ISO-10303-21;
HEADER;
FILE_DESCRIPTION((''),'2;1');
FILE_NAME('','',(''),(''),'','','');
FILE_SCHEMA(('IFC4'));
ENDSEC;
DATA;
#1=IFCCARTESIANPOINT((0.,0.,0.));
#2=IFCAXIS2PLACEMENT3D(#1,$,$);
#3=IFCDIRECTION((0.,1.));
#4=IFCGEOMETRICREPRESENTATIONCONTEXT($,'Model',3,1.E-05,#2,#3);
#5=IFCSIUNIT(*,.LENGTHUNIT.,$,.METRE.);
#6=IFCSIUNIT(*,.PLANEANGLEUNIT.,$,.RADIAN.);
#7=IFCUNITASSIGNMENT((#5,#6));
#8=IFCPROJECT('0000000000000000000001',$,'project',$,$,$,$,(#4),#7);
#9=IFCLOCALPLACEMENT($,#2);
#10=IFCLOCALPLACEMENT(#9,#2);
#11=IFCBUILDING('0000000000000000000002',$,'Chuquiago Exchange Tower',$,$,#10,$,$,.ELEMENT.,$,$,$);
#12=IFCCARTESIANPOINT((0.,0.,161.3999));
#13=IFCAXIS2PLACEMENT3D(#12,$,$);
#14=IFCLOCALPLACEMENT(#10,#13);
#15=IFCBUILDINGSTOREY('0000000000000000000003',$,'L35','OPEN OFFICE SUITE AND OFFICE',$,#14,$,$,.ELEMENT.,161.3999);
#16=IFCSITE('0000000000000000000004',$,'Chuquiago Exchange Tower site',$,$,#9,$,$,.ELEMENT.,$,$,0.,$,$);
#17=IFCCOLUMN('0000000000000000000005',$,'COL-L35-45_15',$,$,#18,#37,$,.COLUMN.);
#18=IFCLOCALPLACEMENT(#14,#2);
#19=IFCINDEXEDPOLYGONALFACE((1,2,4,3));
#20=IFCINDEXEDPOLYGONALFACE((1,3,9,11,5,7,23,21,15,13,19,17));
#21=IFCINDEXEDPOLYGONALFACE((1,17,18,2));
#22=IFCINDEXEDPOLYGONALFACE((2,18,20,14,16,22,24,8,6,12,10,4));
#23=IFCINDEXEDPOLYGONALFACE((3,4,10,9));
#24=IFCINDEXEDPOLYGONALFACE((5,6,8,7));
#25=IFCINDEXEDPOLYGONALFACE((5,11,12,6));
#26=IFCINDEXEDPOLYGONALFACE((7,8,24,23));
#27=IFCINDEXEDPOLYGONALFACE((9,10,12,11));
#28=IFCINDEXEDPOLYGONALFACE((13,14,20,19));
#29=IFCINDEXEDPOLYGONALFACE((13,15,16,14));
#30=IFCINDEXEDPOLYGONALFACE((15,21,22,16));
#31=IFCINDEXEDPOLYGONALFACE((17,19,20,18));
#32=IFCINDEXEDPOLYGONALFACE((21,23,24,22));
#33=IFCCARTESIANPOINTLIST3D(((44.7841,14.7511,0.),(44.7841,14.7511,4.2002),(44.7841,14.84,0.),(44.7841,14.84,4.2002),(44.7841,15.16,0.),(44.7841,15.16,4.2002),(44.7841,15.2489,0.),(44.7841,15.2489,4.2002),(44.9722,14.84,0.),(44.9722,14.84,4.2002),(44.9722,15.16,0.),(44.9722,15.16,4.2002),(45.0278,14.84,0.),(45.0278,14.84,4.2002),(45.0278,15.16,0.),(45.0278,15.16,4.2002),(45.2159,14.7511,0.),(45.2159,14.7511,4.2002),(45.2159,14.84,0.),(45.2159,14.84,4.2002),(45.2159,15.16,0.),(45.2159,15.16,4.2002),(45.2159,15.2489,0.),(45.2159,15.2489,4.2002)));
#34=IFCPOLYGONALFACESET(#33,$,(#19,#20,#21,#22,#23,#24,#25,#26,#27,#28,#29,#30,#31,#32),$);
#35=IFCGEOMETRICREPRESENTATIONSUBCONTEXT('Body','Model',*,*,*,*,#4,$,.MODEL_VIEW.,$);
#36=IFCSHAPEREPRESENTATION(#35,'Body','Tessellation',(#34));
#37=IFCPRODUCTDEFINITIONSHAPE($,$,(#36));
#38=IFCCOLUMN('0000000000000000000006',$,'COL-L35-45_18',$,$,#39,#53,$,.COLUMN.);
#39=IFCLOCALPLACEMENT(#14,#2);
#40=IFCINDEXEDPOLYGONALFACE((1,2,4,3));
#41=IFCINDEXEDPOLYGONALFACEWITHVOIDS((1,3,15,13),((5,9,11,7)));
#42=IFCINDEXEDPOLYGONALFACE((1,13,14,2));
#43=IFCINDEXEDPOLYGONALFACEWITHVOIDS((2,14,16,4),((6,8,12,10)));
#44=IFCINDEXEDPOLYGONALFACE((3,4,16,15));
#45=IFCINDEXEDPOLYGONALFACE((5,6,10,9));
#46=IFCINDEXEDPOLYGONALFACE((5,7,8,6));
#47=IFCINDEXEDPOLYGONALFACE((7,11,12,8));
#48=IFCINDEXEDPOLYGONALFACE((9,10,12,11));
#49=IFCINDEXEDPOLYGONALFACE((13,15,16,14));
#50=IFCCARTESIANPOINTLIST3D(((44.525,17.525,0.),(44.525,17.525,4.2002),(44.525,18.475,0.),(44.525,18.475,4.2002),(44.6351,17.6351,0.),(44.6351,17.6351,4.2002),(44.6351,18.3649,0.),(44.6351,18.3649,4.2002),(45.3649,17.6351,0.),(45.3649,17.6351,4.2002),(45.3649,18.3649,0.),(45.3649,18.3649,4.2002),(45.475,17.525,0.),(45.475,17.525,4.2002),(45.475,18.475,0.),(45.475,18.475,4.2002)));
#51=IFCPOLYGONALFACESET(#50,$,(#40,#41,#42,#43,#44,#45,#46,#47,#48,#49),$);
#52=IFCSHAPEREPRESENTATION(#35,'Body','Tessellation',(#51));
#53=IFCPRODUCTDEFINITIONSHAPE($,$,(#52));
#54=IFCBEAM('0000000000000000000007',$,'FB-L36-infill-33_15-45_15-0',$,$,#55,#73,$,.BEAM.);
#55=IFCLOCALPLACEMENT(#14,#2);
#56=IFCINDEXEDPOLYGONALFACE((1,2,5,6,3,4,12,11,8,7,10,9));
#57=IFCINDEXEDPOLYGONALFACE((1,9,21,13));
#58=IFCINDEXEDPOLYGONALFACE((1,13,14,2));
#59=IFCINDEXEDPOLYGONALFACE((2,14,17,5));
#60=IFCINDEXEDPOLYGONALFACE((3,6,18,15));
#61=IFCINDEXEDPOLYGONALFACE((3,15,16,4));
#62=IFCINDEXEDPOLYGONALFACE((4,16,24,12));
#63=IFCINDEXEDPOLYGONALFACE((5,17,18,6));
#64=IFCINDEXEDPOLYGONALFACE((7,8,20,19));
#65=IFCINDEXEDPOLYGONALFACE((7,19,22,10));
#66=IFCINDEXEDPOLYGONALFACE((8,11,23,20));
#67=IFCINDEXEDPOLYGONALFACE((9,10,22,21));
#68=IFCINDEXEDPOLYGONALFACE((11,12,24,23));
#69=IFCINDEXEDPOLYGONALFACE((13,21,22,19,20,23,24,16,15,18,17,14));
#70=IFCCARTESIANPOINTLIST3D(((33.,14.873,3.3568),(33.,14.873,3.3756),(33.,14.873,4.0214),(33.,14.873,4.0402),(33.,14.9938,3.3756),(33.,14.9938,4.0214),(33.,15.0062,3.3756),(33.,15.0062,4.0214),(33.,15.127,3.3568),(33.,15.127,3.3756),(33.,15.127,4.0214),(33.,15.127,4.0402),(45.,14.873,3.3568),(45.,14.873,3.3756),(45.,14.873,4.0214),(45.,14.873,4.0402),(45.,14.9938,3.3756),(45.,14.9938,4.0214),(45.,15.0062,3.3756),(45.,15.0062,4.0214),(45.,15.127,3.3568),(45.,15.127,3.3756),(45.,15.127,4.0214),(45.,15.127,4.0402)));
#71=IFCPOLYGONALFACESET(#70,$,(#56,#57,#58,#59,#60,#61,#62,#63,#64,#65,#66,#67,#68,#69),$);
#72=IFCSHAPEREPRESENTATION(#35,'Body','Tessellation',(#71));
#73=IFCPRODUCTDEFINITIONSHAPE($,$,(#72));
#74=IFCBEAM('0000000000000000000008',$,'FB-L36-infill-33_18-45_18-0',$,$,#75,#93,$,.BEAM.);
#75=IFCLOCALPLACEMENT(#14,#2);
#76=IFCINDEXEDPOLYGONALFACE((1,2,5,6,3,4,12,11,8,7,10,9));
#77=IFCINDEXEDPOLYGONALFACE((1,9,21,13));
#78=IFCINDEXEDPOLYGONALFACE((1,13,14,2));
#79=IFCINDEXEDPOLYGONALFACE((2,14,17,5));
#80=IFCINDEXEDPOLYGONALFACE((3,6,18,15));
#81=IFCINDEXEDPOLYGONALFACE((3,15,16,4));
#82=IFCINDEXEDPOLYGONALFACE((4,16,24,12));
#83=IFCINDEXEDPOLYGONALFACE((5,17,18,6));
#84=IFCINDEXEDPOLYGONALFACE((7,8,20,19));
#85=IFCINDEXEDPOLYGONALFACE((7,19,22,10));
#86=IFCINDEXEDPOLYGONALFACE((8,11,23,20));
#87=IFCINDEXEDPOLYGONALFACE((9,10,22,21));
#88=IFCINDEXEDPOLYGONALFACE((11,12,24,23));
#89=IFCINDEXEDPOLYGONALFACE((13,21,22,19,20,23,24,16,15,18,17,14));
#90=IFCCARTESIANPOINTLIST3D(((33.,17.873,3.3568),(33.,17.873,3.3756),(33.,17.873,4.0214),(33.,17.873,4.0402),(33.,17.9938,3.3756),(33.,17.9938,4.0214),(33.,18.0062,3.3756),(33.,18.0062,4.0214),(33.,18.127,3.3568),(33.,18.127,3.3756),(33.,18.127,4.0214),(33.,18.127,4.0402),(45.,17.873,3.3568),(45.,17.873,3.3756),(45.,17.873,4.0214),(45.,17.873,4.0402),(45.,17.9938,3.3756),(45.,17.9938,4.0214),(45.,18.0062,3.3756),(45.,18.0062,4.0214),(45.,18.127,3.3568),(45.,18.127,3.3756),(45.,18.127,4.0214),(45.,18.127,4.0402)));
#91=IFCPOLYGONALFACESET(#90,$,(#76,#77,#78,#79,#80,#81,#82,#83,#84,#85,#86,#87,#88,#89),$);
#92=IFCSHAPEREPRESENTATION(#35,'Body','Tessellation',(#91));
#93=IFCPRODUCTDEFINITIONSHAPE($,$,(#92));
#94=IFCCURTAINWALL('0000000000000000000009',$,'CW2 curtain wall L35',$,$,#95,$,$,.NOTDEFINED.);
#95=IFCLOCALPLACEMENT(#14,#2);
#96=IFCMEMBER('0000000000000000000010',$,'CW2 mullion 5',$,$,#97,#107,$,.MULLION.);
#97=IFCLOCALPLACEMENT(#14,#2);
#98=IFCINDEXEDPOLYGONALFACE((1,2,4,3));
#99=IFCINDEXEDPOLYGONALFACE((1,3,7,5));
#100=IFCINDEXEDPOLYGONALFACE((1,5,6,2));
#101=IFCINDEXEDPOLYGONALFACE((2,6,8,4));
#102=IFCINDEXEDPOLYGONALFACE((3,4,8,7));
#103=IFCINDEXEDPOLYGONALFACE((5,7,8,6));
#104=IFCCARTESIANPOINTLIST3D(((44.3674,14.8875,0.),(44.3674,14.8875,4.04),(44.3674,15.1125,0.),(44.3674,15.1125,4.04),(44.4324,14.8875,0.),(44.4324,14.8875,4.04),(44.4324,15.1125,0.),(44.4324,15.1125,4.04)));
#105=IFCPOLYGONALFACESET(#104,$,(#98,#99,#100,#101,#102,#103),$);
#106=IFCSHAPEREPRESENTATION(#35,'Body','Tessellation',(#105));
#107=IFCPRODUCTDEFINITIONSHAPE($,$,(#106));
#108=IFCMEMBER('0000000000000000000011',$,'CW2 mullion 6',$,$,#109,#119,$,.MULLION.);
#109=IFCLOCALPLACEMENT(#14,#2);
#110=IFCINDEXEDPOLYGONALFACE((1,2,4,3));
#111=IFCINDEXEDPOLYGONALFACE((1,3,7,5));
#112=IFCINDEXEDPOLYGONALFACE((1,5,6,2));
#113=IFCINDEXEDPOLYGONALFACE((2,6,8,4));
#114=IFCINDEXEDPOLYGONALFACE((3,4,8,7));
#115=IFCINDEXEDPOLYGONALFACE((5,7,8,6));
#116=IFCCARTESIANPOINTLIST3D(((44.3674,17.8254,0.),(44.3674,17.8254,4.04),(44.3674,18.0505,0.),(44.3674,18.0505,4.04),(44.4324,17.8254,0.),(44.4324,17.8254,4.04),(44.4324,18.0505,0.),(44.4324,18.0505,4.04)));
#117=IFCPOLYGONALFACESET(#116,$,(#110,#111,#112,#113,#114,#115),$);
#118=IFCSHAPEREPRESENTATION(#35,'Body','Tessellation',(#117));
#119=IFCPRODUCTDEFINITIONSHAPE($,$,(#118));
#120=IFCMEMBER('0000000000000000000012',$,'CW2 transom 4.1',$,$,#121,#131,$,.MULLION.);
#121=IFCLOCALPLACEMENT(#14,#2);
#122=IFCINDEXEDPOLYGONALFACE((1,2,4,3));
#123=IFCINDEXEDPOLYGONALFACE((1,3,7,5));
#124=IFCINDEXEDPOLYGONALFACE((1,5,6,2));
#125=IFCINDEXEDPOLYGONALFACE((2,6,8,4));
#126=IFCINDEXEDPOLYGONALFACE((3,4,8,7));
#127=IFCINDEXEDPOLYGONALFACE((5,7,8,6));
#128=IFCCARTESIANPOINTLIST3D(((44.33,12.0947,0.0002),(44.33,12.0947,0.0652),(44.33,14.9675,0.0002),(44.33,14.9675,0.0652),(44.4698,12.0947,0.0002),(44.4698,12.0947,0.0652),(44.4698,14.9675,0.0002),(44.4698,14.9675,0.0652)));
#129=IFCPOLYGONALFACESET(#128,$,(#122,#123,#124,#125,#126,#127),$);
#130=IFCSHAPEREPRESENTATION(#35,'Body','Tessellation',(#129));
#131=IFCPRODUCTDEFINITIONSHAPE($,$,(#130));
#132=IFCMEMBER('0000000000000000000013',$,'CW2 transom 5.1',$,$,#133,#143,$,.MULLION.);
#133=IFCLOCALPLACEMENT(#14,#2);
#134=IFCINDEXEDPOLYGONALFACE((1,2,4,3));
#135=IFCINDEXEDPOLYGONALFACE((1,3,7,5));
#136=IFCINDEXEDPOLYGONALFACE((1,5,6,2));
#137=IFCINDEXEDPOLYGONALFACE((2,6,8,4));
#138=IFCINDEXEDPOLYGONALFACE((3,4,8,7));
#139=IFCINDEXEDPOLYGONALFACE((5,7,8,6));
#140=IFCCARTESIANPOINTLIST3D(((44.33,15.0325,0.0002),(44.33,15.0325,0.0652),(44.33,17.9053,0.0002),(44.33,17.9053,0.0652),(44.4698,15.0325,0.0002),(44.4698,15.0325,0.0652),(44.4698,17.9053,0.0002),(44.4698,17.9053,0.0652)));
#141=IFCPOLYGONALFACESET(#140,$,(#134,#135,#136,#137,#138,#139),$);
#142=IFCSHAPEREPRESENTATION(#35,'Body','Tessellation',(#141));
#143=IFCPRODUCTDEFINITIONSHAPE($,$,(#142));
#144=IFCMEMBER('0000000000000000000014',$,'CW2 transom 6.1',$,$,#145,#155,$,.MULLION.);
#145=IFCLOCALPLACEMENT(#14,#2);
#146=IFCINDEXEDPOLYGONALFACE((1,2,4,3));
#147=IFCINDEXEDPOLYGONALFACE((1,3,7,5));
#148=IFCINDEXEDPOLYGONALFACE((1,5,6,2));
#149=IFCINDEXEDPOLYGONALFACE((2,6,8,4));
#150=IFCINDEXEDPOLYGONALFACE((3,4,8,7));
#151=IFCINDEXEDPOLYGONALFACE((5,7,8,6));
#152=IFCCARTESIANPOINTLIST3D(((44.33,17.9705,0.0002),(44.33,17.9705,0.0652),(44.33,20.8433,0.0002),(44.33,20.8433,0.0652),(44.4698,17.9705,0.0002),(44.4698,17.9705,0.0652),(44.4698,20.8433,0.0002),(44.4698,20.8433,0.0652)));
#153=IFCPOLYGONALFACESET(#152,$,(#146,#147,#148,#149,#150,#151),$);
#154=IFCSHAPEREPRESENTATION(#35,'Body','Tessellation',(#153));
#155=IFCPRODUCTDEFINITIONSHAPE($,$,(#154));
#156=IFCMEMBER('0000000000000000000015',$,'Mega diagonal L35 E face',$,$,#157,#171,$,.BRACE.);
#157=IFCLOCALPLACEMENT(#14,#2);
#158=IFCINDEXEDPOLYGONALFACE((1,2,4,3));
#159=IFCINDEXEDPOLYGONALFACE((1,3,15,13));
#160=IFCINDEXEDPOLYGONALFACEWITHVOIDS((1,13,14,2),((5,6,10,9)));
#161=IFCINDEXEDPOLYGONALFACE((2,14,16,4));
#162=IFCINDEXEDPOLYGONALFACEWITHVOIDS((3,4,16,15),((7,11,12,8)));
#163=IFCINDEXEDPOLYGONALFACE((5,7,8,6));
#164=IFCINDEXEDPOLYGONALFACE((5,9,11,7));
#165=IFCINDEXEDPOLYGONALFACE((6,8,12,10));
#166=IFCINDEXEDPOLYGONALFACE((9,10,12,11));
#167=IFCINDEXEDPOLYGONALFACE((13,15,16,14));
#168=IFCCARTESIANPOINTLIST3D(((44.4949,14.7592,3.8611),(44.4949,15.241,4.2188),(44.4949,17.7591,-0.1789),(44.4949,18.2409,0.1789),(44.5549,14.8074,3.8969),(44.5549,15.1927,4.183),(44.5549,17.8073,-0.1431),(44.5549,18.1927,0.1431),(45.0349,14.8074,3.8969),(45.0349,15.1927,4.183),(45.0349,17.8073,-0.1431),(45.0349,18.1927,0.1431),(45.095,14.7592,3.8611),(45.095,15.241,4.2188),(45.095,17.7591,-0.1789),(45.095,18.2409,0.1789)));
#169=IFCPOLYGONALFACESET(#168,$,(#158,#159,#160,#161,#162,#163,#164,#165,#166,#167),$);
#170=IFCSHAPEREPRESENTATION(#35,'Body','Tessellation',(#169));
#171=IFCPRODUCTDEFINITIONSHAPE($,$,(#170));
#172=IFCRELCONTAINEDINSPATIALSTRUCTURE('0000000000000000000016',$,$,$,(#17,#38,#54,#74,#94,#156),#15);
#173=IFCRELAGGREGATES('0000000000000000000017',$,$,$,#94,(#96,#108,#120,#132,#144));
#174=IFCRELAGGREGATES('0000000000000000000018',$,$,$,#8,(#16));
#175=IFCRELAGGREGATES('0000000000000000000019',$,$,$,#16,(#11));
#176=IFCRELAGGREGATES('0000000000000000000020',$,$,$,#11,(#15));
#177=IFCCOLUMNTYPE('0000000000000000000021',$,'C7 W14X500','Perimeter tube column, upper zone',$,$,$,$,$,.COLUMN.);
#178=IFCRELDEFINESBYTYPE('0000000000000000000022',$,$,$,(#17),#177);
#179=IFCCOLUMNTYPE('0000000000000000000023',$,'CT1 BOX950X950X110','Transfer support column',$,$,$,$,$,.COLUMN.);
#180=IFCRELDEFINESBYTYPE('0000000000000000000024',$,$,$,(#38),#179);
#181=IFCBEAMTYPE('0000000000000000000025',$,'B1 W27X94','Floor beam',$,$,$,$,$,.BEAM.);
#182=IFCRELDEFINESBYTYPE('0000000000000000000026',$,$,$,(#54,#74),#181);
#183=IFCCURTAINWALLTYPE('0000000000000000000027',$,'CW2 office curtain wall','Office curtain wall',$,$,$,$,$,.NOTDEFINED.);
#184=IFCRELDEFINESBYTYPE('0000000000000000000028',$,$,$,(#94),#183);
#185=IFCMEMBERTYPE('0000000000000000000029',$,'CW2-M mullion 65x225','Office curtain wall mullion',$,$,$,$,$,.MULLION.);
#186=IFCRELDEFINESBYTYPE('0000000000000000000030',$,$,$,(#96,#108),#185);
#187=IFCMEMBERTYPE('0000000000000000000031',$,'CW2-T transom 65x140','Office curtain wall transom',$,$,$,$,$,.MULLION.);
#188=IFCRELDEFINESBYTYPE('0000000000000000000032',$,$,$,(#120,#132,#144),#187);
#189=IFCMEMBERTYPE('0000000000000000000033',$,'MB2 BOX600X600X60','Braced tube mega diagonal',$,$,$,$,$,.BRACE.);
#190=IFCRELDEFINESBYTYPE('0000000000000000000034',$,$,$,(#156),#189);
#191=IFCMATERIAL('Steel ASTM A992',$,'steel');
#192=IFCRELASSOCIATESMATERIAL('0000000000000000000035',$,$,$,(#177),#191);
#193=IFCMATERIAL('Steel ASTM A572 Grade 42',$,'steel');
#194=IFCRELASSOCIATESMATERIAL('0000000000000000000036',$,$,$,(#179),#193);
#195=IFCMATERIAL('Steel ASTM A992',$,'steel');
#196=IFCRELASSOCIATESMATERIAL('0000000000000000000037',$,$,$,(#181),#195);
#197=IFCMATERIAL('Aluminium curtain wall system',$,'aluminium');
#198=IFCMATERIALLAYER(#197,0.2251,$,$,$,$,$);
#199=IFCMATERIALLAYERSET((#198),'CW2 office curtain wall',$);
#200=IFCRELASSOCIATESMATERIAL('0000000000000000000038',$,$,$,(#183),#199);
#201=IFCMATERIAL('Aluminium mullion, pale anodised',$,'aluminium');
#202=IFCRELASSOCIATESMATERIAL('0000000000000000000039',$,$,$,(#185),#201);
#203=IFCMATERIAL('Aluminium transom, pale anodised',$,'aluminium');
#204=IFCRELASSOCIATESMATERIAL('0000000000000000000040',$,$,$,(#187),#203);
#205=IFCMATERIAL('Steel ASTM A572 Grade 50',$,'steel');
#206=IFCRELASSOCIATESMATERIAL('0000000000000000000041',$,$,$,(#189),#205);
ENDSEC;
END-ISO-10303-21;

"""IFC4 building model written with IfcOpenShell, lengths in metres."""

from ifc_helpers import new_model, si_unit, direction, frame, origin, origin_2d, place, context, subcontext, project, spatial, rectangle, hollow_rectangle, i_section, extrude, material, layer, layer_set, material_profile, profile_set, type_object, element, aggregate, save


model = new_model("IFC4")

# Units and contexts
model_context = context("Model", 3, precision=1e-05, world=origin(), true_north=direction((0.0, 1.0)))
body_context = subcontext(model_context, "Body", "Model", "MODEL_VIEW")
ifc_project = project(units=[si_unit("LENGTHUNIT", "METRE"), si_unit("PLANEANGLEUNIT", "RADIAN")], contexts=[model_context])

# Site, building, storey
site_placement = place(None, origin())
site = spatial("IfcSite", under=ifc_project, at=site_placement, Name="Chuquiago Exchange Tower site", CompositionType="ELEMENT", RefElevation=0.0)
building_placement = place(site_placement, origin())
building = spatial("IfcBuilding", under=site, at=building_placement, Name="Chuquiago Exchange Tower", CompositionType="ELEMENT")
storey_placement = place(building_placement, frame((0.0, 0.0, 161.3999)))
storey = spatial("IfcBuildingStorey", under=building, at=storey_placement, Name="L35", Description="OPEN OFFICE SUITE AND OFFICE", CompositionType="ELEMENT", Elevation=161.3999)

# Columns
ifc_material_1 = material(Name="Steel ASTM A992", Category="steel")
ifc_material_profile_1 = material_profile(ifc_material_1, i_section(OverallWidth=0.4319, OverallDepth=0.4978, WebThickness=0.0557, FlangeThickness=0.0889, at=origin_2d()), Name="W14X500")
ifc_profile_set_1 = profile_set([ifc_material_profile_1], Name="Steel ASTM A992")
column_type_1 = type_object("IfcColumnType", Name="C7 W14X500", Description="Perimeter tube column, upper zone", PredefinedType="COLUMN", material=ifc_profile_set_1)
column_1_placement = place(storey_placement, frame((45.0, 15.0, 0.0), z_axis=(0.0, 0.0, 1.0), x_axis=(1.0, 0.0, 0.0)))
element("IfcColumn", 1, at=column_1_placement, inside=storey, type_object=column_type_1, Name="COL-L35-45_15", PredefinedType="COLUMN", context=body_context, shape_type="SweptSolid", body=[
    extrude(i_section(OverallWidth=0.4319, OverallDepth=0.4978, WebThickness=0.0557, FlangeThickness=0.0889, at=origin_2d()), origin(), (0.0, 0.0, 1.0), 4.2002),
])
ifc_material_2 = material(Name="Steel ASTM A572 Grade 42", Category="steel")
ifc_material_profile_2 = material_profile(ifc_material_2, hollow_rectangle(XDim=0.95, YDim=0.95, WallThickness=0.1101, at=origin_2d()), Name="BOX950X950X110")
ifc_profile_set_2 = profile_set([ifc_material_profile_2], Name="Steel ASTM A572 Grade 42")
column_type_2 = type_object("IfcColumnType", Name="CT1 BOX950X950X110", Description="Transfer support column", PredefinedType="COLUMN", material=ifc_profile_set_2)
column_2_placement = place(storey_placement, frame((45.0, 18.0, 0.0), z_axis=(0.0, 0.0, 1.0), x_axis=(1.0, 0.0, 0.0)))
element("IfcColumn", 2, at=column_2_placement, inside=storey, type_object=column_type_2, Name="COL-L35-45_18", PredefinedType="COLUMN", context=body_context, shape_type="SweptSolid", body=[
    extrude(hollow_rectangle(XDim=0.95, YDim=0.95, WallThickness=0.1101, at=origin_2d()), origin(), (0.0, 0.0, 1.0), 4.2002),
])

# Beams
ifc_material_3 = material(Name="Steel ASTM A992", Category="steel")
ifc_material_profile_3 = material_profile(ifc_material_3, i_section(OverallWidth=0.2539, OverallDepth=0.6833, WebThickness=0.0125, FlangeThickness=0.0188, at=origin_2d()), Name="W27X94")
ifc_profile_set_3 = profile_set([ifc_material_profile_3], Name="Steel ASTM A992")
beam_type_1 = type_object("IfcBeamType", Name="B1 W27X94", Description="Floor beam", PredefinedType="BEAM", material=ifc_profile_set_3)
for number, where, z_axis, x_axis, name in (
    (3, (33.0, 15.0, 3.6985), (1.0, 0.0, 0.0), (0.0, 1.0, 0.0), "FB-L36-infill-33_15-45_15-0"),
    (4, (33.0, 18.0, 3.6985), (1.0, 0.0, 0.0), (0.0, 1.0, 0.0), "FB-L36-infill-33_18-45_18-0"),
):
    element("IfcBeam", number, at=place(storey_placement, frame(where, z_axis=z_axis, x_axis=x_axis)), inside=storey, type_object=beam_type_1, Name=name, PredefinedType="BEAM", context=body_context, shape_type="SweptSolid", body=[
        extrude(i_section(OverallWidth=0.2539, OverallDepth=0.6833, WebThickness=0.0125, FlangeThickness=0.0188, at=origin_2d()), origin(), (0.0, 0.0, 1.0), 12.0),
    ])

# Curtain wall, members
ifc_material_4 = material(Name="Aluminium curtain wall system", Category="aluminium")
ifc_layer_1 = layer(ifc_material_4, 0.2251)
ifc_layer_set_1 = layer_set([ifc_layer_1], Name="CW2 office curtain wall")
curtain_wall_type = type_object("IfcCurtainWallType", Name="CW2 office curtain wall", Description="Office curtain wall", PredefinedType="NOTDEFINED", material=ifc_layer_set_1)
curtain_wall_placement = place(storey_placement, origin())
curtain_wall = element("IfcCurtainWall", 5, at=curtain_wall_placement, inside=storey, type_object=curtain_wall_type, Name="CW2 curtain wall L35", PredefinedType="NOTDEFINED")
ifc_material_5 = material(Name="Aluminium mullion, pale anodised", Category="aluminium")
ifc_material_profile_4 = material_profile(ifc_material_5, rectangle(XDim=0.0649, YDim=0.2251, at=origin_2d()), Name="AL 65x225")
ifc_profile_set_4 = profile_set([ifc_material_profile_4], Name="Aluminium mullion, pale anodised")
member_type_1 = type_object("IfcMemberType", Name="CW2-M mullion 65x225", Description="Office curtain wall mullion", PredefinedType="MULLION", material=ifc_profile_set_4)
member_1_placement = place(storey_placement, frame((44.3999, 15.0, 0.0), z_axis=(0.0, 0.0, 1.0), x_axis=(-1.0, 0.0, 0.0)))
member_1 = element("IfcMember", 6, at=member_1_placement, type_object=member_type_1, Name="CW2 mullion 5", PredefinedType="MULLION", context=body_context, shape_type="SweptSolid", body=[
    extrude(rectangle(XDim=0.0649, YDim=0.2251, at=origin_2d()), origin(), (0.0, 0.0, 1.0), 4.04),
])
member_2_placement = place(storey_placement, frame((44.3999, 17.938, 0.0), z_axis=(0.0, 0.0, 1.0), x_axis=(-1.0, 0.0, 0.0)))
member_2 = element("IfcMember", 7, at=member_2_placement, type_object=member_type_1, Name="CW2 mullion 6", PredefinedType="MULLION", context=body_context, shape_type="SweptSolid", body=[
    extrude(rectangle(XDim=0.0649, YDim=0.2251, at=origin_2d()), origin(), (0.0, 0.0, 1.0), 4.04),
])
ifc_material_6 = material(Name="Aluminium transom, pale anodised", Category="aluminium")
ifc_material_profile_5 = material_profile(ifc_material_6, rectangle(XDim=0.1399, YDim=0.0649, at=origin_2d()), Name="AL 140x65")
ifc_profile_set_5 = profile_set([ifc_material_profile_5], Name="Aluminium transom, pale anodised")
member_type_2 = type_object("IfcMemberType", Name="CW2-T transom 65x140", Description="Office curtain wall transom", PredefinedType="MULLION", material=ifc_profile_set_5)
member_3_placement = place(storey_placement, frame((44.3999, 12.0947, 0.0327), z_axis=(0.0, 1.0, 0.0), x_axis=(-1.0, 0.0, 0.0)))
member_3 = element("IfcMember", 8, at=member_3_placement, type_object=member_type_2, Name="CW2 transom 4.1", PredefinedType="MULLION", context=body_context, shape_type="SweptSolid", body=[
    extrude(rectangle(XDim=0.1399, YDim=0.0649, at=origin_2d()), origin(), (0.0, 0.0, 1.0), 2.8728),
])
member_4_placement = place(storey_placement, frame((44.3999, 15.0325, 0.0327), z_axis=(0.0, 1.0, 0.0), x_axis=(-1.0, 0.0, 0.0)))
member_4 = element("IfcMember", 9, at=member_4_placement, type_object=member_type_2, Name="CW2 transom 5.1", PredefinedType="MULLION", context=body_context, shape_type="SweptSolid", body=[
    extrude(rectangle(XDim=0.1399, YDim=0.0649, at=origin_2d()), origin(), (0.0, 0.0, 1.0), 2.8728),
])
member_5_placement = place(storey_placement, frame((44.3999, 17.9705, 0.0327), z_axis=(0.0, 1.0, 0.0), x_axis=(-1.0, 0.0, 0.0)))
member_5 = element("IfcMember", 10, at=member_5_placement, type_object=member_type_2, Name="CW2 transom 6.1", PredefinedType="MULLION", context=body_context, shape_type="SweptSolid", body=[
    extrude(rectangle(XDim=0.1399, YDim=0.0649, at=origin_2d()), origin(), (0.0, 0.0, 1.0), 2.8728),
])

# Member
ifc_material_7 = material(Name="Steel ASTM A572 Grade 50", Category="steel")
ifc_material_profile_6 = material_profile(ifc_material_7, hollow_rectangle(XDim=0.6001, YDim=0.6001, WallThickness=0.0601, at=origin_2d()), Name="BOX600X600X60")
ifc_profile_set_6 = profile_set([ifc_material_profile_6], Name="Steel ASTM A572 Grade 50")
member_type_3 = type_object("IfcMemberType", Name="MB2 BOX600X600X60", Description="Braced tube mega diagonal", PredefinedType="BRACE", material=ifc_profile_set_6)
member_6_placement = place(storey_placement, frame((44.7949, 18.0, 0.0), z_axis=(0.0, -0.596174, 0.802855), x_axis=(1.0, 0.0, 0.0)))
element("IfcMember", 11, at=member_6_placement, inside=storey, type_object=member_type_3, Name="Mega diagonal L35 E face", PredefinedType="BRACE", context=body_context, shape_type="SweptSolid", body=[
    extrude(hollow_rectangle(XDim=0.6001, YDim=0.6001, WallThickness=0.0601, at=origin_2d()), origin(), (0.0, 0.0, 1.0), 5.032),
])

aggregate(curtain_wall, [member_1, member_2, member_3, member_4, member_5])

save(model, "model.ifc")
